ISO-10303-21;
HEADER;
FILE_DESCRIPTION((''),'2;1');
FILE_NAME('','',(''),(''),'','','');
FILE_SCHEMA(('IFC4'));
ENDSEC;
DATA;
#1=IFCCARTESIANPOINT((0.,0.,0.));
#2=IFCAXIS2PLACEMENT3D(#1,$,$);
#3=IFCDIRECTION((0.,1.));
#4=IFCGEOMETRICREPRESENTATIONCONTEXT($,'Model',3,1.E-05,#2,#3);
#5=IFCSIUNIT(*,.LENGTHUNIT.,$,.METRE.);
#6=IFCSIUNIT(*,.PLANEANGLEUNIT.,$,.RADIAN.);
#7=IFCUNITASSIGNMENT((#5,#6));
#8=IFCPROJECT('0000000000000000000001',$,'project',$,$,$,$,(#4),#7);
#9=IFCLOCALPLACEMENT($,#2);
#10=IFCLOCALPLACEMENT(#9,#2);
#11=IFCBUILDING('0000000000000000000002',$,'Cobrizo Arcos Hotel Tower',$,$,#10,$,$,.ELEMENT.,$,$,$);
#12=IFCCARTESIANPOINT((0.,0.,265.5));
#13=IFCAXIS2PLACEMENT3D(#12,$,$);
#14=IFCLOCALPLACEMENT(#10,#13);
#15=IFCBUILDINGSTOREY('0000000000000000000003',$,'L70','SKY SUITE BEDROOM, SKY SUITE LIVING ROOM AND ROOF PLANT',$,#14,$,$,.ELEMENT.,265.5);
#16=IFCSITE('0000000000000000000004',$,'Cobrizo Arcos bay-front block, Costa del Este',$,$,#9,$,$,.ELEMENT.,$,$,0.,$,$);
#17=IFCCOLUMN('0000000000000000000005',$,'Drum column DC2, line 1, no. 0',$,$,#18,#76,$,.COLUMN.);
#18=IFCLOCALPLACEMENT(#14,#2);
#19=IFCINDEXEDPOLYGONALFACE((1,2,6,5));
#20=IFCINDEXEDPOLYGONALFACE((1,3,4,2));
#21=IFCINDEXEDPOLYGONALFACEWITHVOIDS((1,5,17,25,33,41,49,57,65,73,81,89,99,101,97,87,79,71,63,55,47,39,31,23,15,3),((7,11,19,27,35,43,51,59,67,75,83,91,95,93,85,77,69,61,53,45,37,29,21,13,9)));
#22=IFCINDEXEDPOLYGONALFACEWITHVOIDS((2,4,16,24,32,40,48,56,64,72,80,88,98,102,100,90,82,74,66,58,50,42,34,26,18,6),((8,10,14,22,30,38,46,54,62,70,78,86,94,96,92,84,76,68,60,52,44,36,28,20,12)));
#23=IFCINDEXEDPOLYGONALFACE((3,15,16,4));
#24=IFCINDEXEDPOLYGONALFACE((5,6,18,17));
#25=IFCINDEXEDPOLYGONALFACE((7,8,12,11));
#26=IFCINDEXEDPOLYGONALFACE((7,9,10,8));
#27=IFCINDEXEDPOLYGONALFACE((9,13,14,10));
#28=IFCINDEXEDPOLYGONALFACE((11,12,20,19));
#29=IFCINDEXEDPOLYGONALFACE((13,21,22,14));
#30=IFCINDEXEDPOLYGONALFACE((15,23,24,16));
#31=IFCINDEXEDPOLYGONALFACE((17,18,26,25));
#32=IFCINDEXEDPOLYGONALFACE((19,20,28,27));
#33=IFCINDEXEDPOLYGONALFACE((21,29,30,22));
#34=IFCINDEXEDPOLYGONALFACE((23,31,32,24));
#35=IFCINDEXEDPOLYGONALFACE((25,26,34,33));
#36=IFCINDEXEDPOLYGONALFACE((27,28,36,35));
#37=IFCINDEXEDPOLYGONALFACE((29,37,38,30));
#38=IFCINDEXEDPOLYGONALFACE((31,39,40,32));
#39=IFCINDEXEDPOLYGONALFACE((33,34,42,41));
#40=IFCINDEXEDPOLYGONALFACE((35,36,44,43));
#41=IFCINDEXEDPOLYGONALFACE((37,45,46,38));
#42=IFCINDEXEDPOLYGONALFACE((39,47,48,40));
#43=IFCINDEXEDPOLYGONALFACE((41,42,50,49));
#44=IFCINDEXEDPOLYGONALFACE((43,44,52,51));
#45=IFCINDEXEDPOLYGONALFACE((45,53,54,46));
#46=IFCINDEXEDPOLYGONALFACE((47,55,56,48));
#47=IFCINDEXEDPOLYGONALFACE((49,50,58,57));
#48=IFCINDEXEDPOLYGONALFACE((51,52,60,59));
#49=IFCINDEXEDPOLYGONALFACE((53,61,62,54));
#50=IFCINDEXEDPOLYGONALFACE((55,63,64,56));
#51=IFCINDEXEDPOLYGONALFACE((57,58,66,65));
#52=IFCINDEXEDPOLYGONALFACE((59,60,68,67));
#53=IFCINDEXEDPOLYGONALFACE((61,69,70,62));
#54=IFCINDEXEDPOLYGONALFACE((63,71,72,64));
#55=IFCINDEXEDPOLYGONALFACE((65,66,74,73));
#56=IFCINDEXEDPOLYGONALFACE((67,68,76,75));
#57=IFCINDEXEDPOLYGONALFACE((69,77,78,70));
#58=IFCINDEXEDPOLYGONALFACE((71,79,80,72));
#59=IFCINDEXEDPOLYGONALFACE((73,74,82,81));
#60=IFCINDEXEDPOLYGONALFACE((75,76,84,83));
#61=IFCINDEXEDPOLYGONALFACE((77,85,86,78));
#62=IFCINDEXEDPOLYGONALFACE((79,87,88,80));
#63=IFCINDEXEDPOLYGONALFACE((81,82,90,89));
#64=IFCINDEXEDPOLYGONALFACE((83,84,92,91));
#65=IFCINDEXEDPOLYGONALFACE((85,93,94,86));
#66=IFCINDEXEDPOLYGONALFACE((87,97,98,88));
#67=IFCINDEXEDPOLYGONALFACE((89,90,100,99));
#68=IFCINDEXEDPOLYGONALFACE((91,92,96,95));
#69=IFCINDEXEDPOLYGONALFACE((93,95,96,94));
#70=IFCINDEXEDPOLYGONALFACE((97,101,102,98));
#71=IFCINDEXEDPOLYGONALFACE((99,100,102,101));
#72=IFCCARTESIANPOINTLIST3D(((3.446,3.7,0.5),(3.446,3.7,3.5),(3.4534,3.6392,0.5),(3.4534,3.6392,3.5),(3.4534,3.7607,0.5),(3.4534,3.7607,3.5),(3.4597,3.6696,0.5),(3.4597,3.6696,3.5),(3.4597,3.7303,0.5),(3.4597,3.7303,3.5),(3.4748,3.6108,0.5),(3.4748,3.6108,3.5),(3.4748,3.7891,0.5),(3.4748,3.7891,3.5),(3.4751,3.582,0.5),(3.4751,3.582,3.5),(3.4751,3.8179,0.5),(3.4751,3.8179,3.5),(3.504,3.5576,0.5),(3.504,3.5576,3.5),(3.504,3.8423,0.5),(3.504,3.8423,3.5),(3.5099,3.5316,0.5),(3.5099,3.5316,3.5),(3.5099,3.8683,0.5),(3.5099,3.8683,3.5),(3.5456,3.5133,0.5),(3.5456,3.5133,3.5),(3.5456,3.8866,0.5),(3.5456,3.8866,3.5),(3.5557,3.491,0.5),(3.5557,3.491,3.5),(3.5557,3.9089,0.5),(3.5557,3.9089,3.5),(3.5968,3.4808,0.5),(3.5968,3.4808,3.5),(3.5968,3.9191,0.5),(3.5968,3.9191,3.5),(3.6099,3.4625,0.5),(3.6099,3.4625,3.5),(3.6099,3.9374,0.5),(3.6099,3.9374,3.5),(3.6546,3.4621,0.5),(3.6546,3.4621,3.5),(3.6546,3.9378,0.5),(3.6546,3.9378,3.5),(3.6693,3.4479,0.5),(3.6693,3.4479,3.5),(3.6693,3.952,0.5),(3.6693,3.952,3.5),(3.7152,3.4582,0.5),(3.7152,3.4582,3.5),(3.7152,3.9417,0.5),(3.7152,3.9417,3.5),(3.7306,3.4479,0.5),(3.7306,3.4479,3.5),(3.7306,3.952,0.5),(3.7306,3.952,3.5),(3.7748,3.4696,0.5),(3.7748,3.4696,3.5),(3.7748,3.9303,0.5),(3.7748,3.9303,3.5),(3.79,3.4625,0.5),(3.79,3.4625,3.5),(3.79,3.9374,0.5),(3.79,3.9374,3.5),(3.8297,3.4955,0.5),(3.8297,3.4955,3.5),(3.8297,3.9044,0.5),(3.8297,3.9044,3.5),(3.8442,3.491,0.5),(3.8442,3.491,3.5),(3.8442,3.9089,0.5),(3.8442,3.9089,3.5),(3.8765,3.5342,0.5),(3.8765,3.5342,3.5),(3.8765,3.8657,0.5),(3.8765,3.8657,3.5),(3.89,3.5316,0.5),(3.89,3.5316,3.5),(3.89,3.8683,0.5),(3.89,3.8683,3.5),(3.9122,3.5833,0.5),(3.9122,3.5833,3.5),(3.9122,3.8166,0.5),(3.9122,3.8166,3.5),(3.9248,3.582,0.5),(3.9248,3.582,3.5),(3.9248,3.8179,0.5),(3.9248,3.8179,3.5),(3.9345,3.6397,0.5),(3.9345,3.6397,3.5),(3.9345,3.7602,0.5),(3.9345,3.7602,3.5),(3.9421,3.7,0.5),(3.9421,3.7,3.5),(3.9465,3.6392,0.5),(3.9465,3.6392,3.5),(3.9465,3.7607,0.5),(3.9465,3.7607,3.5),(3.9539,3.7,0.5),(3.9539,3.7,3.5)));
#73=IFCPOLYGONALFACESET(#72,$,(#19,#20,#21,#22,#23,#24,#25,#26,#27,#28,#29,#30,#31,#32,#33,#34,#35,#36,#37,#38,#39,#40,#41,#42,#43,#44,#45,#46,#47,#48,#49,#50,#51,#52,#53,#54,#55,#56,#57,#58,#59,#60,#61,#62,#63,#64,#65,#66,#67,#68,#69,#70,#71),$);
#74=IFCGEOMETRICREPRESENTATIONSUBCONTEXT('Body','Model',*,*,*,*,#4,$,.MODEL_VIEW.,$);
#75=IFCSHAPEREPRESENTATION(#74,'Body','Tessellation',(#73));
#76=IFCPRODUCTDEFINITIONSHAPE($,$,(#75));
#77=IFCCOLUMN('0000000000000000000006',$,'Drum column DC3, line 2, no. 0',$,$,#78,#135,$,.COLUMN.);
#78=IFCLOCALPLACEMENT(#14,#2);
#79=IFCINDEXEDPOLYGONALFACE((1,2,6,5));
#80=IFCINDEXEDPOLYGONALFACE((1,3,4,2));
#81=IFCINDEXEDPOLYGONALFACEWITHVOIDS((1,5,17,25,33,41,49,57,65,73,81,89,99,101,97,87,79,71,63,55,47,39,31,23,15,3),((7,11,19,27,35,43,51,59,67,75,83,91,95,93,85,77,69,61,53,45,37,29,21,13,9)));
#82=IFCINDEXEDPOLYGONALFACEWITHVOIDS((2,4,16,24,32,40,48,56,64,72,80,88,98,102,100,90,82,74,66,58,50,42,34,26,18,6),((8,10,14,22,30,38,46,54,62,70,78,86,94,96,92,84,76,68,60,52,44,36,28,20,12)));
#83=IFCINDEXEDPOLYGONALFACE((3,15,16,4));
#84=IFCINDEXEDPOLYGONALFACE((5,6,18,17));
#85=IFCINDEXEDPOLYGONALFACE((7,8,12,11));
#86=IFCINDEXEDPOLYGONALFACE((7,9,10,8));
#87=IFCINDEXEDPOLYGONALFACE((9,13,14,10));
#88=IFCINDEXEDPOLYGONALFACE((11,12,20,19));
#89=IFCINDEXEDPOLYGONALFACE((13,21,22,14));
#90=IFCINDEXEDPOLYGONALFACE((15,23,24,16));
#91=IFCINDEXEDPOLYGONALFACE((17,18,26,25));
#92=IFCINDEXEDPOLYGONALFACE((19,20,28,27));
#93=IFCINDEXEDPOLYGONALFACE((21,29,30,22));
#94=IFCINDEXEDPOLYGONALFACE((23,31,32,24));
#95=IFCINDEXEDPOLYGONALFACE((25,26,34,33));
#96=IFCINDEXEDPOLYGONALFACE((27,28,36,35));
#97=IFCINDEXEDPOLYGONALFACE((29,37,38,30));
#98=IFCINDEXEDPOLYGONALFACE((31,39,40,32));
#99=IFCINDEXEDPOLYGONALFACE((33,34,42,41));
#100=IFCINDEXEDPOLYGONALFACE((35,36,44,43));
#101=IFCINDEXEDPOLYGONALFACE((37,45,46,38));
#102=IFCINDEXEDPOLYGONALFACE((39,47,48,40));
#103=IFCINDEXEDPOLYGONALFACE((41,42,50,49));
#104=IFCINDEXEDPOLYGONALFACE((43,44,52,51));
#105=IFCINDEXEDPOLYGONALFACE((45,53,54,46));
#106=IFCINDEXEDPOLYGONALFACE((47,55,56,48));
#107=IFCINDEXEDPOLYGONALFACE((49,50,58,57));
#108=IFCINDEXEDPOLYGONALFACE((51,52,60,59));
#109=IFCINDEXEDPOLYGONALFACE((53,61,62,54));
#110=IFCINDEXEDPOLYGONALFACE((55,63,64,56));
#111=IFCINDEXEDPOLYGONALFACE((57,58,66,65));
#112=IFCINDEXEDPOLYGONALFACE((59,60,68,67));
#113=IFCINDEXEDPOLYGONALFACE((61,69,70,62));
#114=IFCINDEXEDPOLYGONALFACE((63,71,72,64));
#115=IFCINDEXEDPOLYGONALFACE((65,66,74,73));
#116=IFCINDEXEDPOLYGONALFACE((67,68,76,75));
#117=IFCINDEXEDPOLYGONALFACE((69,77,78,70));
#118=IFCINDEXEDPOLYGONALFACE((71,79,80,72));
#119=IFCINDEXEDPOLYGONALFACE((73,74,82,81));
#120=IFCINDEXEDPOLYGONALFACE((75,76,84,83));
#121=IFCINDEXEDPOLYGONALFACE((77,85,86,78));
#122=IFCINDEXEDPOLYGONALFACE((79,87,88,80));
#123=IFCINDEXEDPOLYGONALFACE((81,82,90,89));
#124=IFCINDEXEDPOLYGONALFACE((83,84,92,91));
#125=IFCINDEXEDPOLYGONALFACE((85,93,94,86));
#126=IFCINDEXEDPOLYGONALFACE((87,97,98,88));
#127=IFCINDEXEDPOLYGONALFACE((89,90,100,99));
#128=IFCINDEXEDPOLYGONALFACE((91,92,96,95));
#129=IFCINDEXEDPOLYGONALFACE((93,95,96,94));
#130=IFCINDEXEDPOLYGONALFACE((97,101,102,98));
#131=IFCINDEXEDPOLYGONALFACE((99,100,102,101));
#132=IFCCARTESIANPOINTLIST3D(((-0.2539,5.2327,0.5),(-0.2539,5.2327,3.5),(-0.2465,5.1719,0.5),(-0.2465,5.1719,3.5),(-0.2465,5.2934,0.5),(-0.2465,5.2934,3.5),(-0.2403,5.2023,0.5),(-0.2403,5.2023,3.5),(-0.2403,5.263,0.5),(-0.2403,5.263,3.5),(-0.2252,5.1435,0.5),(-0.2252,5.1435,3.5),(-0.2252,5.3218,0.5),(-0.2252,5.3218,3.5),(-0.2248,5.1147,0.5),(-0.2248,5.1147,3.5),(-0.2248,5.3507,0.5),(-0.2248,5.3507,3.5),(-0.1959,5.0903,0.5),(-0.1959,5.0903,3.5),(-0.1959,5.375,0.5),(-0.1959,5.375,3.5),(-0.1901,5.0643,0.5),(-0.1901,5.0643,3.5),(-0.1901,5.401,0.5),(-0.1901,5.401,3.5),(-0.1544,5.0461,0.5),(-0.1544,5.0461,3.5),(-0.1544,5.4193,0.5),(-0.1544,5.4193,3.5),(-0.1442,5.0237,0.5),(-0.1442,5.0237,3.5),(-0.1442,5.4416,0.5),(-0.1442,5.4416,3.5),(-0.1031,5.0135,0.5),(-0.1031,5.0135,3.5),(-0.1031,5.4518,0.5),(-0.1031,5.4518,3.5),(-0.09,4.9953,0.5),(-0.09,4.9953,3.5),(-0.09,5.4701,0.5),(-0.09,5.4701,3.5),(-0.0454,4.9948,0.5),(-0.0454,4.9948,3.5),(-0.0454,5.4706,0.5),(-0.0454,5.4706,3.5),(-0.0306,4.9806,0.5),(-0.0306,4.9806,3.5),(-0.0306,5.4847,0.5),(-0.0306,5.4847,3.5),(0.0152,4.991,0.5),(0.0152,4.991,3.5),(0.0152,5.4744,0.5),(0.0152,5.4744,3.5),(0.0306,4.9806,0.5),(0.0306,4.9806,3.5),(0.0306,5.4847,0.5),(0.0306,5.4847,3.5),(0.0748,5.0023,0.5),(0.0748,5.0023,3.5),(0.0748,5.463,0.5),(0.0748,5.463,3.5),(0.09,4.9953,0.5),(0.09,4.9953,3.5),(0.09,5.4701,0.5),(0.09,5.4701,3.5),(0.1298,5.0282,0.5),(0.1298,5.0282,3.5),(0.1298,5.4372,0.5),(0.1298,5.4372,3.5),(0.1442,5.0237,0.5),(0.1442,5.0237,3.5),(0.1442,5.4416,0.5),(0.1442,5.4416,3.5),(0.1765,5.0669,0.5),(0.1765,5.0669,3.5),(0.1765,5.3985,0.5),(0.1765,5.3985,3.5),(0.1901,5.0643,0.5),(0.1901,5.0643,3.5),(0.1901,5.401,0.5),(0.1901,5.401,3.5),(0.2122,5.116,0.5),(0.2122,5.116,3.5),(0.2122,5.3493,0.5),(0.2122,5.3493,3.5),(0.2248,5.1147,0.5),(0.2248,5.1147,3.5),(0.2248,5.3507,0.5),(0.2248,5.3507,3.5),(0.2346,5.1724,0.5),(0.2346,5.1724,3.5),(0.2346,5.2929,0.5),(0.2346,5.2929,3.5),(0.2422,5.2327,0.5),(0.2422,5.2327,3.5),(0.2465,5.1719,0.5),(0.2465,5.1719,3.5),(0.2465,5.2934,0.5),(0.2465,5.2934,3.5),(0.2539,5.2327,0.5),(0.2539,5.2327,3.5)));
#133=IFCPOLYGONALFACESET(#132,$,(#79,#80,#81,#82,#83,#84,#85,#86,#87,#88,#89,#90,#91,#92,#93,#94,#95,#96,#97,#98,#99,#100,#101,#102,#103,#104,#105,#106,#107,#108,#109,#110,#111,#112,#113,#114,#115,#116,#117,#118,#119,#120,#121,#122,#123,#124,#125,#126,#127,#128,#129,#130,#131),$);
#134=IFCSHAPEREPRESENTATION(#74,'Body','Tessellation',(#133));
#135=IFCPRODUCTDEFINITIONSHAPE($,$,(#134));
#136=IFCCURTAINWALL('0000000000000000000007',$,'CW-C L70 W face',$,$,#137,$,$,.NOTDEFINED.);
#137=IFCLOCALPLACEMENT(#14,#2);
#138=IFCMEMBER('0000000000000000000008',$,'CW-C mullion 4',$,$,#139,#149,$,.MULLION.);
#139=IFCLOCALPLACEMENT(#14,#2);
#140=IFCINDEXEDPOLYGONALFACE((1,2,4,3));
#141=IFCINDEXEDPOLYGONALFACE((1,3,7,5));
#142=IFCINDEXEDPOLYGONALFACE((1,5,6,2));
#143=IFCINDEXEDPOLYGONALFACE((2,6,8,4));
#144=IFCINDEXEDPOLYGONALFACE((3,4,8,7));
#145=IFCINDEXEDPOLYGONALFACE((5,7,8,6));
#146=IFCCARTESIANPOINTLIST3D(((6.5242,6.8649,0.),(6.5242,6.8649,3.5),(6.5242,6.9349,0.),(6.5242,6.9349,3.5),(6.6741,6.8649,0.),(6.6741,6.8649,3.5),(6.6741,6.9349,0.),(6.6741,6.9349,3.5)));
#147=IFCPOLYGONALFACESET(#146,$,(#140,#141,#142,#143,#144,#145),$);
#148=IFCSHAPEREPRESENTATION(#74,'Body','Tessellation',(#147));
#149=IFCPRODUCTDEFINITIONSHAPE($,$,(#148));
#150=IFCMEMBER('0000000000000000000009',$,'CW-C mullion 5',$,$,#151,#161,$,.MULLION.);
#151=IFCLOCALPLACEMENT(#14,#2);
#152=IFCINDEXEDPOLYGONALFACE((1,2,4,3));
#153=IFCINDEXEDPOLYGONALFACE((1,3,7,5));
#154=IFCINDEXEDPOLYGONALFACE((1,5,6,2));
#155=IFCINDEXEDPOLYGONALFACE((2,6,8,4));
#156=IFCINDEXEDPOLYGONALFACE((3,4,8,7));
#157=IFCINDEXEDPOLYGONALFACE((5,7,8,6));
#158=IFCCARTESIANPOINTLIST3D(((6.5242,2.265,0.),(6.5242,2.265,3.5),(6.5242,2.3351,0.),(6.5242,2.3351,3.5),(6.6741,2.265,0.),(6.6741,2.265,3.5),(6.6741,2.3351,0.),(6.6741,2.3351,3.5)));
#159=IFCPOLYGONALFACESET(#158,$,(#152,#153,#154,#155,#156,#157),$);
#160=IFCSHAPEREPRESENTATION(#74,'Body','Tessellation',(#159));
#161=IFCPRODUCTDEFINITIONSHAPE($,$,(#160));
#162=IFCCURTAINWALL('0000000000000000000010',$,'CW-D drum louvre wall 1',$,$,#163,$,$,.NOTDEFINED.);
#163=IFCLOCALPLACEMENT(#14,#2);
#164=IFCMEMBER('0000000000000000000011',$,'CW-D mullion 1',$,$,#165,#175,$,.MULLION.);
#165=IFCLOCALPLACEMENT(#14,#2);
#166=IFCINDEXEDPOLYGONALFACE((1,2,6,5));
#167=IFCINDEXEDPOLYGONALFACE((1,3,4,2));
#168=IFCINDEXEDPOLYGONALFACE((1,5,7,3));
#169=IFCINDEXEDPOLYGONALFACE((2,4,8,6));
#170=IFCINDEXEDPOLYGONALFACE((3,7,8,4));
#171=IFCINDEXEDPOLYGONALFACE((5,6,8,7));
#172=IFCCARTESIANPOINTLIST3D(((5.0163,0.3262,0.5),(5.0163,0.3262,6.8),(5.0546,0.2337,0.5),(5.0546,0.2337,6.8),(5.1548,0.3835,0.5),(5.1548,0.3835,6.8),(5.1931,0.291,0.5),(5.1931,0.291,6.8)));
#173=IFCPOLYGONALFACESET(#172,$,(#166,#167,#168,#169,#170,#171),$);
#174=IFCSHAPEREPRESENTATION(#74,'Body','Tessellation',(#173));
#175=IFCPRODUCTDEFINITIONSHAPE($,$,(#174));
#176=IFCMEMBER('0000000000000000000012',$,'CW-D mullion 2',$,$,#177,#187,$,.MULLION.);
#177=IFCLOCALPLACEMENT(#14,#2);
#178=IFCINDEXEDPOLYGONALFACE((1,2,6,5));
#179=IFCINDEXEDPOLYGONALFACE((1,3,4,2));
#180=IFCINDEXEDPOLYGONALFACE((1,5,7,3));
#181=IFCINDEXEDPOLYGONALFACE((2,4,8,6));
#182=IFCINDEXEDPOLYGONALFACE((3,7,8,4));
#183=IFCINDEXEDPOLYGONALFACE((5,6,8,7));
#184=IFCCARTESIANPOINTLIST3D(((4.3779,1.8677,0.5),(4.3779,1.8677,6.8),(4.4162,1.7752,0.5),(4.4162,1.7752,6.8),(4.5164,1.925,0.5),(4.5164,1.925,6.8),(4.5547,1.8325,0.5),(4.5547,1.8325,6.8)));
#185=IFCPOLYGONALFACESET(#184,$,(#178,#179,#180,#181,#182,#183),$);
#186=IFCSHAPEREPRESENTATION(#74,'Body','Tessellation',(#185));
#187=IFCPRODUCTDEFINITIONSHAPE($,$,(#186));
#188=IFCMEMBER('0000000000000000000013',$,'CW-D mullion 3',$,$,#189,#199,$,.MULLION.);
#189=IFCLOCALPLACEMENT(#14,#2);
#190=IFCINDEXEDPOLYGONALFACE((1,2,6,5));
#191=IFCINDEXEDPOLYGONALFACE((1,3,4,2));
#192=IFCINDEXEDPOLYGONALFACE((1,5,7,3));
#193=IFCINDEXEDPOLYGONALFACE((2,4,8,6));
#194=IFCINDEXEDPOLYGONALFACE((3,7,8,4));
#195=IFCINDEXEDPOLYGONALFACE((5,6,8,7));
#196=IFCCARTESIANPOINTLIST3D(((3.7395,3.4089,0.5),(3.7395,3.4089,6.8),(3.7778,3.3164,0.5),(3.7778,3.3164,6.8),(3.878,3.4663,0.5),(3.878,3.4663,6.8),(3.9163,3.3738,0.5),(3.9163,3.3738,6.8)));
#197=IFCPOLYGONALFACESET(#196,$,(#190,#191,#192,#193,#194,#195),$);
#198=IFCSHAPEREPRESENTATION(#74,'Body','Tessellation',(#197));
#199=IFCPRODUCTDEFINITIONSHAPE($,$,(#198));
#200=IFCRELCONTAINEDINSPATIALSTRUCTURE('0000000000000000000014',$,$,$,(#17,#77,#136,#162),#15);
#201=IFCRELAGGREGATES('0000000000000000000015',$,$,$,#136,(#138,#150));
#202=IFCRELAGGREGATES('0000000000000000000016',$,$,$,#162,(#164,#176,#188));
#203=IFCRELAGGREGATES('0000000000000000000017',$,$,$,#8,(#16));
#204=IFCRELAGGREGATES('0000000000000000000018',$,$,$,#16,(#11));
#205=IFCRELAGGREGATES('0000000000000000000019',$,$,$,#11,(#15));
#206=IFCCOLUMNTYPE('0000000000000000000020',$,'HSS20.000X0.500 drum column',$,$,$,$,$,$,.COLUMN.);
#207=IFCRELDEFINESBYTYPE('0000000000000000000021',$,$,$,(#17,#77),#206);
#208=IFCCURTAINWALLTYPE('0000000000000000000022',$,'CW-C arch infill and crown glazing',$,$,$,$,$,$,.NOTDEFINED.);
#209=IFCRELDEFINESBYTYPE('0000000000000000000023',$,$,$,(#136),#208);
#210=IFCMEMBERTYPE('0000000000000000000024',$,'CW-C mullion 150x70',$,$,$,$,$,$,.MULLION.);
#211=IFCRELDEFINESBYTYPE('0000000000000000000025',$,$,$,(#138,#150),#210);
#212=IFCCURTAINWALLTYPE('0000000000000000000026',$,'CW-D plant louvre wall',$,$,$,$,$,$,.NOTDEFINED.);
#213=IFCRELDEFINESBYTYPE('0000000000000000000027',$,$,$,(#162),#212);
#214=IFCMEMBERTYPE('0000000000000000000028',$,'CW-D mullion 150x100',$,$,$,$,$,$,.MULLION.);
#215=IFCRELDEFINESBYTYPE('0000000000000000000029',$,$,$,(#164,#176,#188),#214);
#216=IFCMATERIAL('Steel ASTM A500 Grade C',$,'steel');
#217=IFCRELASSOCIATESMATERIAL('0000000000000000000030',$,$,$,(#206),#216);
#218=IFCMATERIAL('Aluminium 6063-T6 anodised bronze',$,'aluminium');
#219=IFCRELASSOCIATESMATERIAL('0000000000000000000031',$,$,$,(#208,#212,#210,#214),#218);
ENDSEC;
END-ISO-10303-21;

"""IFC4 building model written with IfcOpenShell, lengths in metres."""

from ifc_helpers import new_model, si_unit, direction, frame, origin, origin_2d, place, context, subcontext, project, spatial, rectangle, hollow_circle, extrude, material, material_profile, profile_set, type_object, element, aggregate, save


model = new_model("IFC4")

# Units and contexts
model_context = context("Model", 3, precision=1e-05, world=origin(), true_north=direction((0.0, 1.0)))
body_context = subcontext(model_context, "Body", "Model", "MODEL_VIEW")
ifc_project = project(units=[si_unit("LENGTHUNIT", "METRE"), si_unit("PLANEANGLEUNIT", "RADIAN")], contexts=[model_context])

# Site, building, storey
site_placement = place(None, origin())
site = spatial("IfcSite", under=ifc_project, at=site_placement, Name="Cobrizo Arcos bay-front block, Costa del Este", CompositionType="ELEMENT", RefElevation=0.0)
building_placement = place(site_placement, origin())
building = spatial("IfcBuilding", under=site, at=building_placement, Name="Cobrizo Arcos Hotel Tower", CompositionType="ELEMENT")
storey_placement = place(building_placement, frame((0.0, 0.0, 265.5)))
storey = spatial("IfcBuildingStorey", under=building, at=storey_placement, Name="L70", Description="SKY SUITE BEDROOM, SKY SUITE LIVING ROOM AND ROOF PLANT", CompositionType="ELEMENT", Elevation=265.5)

# Columns
ifc_material_1 = material(Name="Steel ASTM A500 Grade C", Category="steel")
ifc_material_profile_1 = material_profile(ifc_material_1, hollow_circle(Radius=0.2539, WallThickness=0.0117, at=origin_2d()), Name="HSS20.000X0.500")
ifc_profile_set_1 = profile_set([ifc_material_profile_1], Name="Steel ASTM A500 Grade C")
column_type = type_object("IfcColumnType", Name="HSS20.000X0.500 drum column", PredefinedType="COLUMN", material=ifc_profile_set_1)
for number, where, z_axis, x_axis, name in (
    (1, (3.7, 3.7, 0.5), (0.0, 0.0, 1.0), (1.0, 0.0, 0.0), "Drum column DC2, line 1, no. 0"),
    (2, (0.0, 5.2327, 0.5), (0.0, 0.0, 1.0), (1.0, 0.0, 0.0), "Drum column DC3, line 2, no. 0"),
):
    element("IfcColumn", number, at=place(storey_placement, frame(where, z_axis=z_axis, x_axis=x_axis)), inside=storey, type_object=column_type, Name=name, PredefinedType="COLUMN", context=body_context, shape_type="SweptSolid", body=[
        extrude(hollow_circle(Radius=0.2539, WallThickness=0.0117, at=origin_2d()), origin(), (0.0, 0.0, 1.0), 3.0),
    ])

# Curtain walls, members
ifc_material_2 = material(Name="Aluminium 6063-T6 anodised bronze", Category="aluminium")
curtain_wall_type_1 = type_object("IfcCurtainWallType", Name="CW-C arch infill and crown glazing", PredefinedType="NOTDEFINED", material=ifc_material_2)
curtain_wall_1_placement = place(storey_placement, origin())
curtain_wall_1 = element("IfcCurtainWall", 3, at=curtain_wall_1_placement, inside=storey, type_object=curtain_wall_type_1, Name="CW-C L70 W face", PredefinedType="NOTDEFINED")
ifc_material_profile_2 = material_profile(ifc_material_2, rectangle(XDim=0.1499, YDim=0.0701, at=origin_2d()), Name="CW-C mullion 150x70")
ifc_profile_set_2 = profile_set([ifc_material_profile_2], Name="Aluminium 6063-T6 anodised bronze")
member_type_1 = type_object("IfcMemberType", Name="CW-C mullion 150x70", PredefinedType="MULLION", material=ifc_profile_set_2)
member_1_placement = place(storey_placement, frame((6.5991, 6.8999, 0.0), z_axis=(0.0, 0.0, 1.0), x_axis=(-1.0, 0.0, 0.0)))
member_1 = element("IfcMember", 4, at=member_1_placement, type_object=member_type_1, Name="CW-C mullion 4", PredefinedType="MULLION", context=body_context, shape_type="SweptSolid", body=[
    extrude(rectangle(XDim=0.1499, YDim=0.0701, at=origin_2d()), origin(), (0.0, 0.0, 1.0), 3.5),
])
member_2_placement = place(storey_placement, frame((6.5991, 2.3, 0.0), z_axis=(0.0, 0.0, 1.0), x_axis=(-1.0, 0.0, 0.0)))
member_2 = element("IfcMember", 5, at=member_2_placement, type_object=member_type_1, Name="CW-C mullion 5", PredefinedType="MULLION", context=body_context, shape_type="SweptSolid", body=[
    extrude(rectangle(XDim=0.1499, YDim=0.0701, at=origin_2d()), origin(), (0.0, 0.0, 1.0), 3.5),
])
curtain_wall_type_2 = type_object("IfcCurtainWallType", Name="CW-D plant louvre wall", PredefinedType="NOTDEFINED", material=ifc_material_2)
curtain_wall_2_placement = place(storey_placement, origin())
curtain_wall_2 = element("IfcCurtainWall", 6, at=curtain_wall_2_placement, inside=storey, type_object=curtain_wall_type_2, Name="CW-D drum louvre wall 1", PredefinedType="NOTDEFINED")
ifc_material_profile_3 = material_profile(ifc_material_2, rectangle(XDim=0.1499, YDim=0.1001, at=origin_2d()), Name="CW-D mullion 150x100")
ifc_profile_set_3 = profile_set([ifc_material_profile_3], Name="Aluminium 6063-T6 anodised bronze")
member_type_2 = type_object("IfcMemberType", Name="CW-D mullion 150x100", PredefinedType="MULLION", material=ifc_profile_set_3)
member_3_placement = place(storey_placement, frame((5.1047, 0.3086, 0.5), z_axis=(0.0, 0.0, 1.0), x_axis=(0.92388, 0.382683, 0.0)))
member_3 = element("IfcMember", 7, at=member_3_placement, type_object=member_type_2, Name="CW-D mullion 1", PredefinedType="MULLION", context=body_context, shape_type="SweptSolid", body=[
    extrude(rectangle(XDim=0.1499, YDim=0.1001, at=origin_2d()), origin(), (0.0, 0.0, 1.0), 6.3),
])
member_4_placement = place(storey_placement, frame((4.4663, 1.8501, 0.5), z_axis=(0.0, 0.0, 1.0), x_axis=(0.92388, 0.382683, 0.0)))
member_4 = element("IfcMember", 8, at=member_4_placement, type_object=member_type_2, Name="CW-D mullion 2", PredefinedType="MULLION", context=body_context, shape_type="SweptSolid", body=[
    extrude(rectangle(XDim=0.1499, YDim=0.1001, at=origin_2d()), origin(), (0.0, 0.0, 1.0), 6.3),
])
member_5_placement = place(storey_placement, frame((3.8279, 3.3914, 0.5), z_axis=(0.0, 0.0, 1.0), x_axis=(0.92388, 0.382683, 0.0)))
member_5 = element("IfcMember", 9, at=member_5_placement, type_object=member_type_2, Name="CW-D mullion 3", PredefinedType="MULLION", context=body_context, shape_type="SweptSolid", body=[
    extrude(rectangle(XDim=0.1499, YDim=0.1001, at=origin_2d()), origin(), (0.0, 0.0, 1.0), 6.3),
])

aggregate(curtain_wall_1, [member_1, member_2])
aggregate(curtain_wall_2, [member_3, member_4, member_5])

save(model, "model.ifc")
